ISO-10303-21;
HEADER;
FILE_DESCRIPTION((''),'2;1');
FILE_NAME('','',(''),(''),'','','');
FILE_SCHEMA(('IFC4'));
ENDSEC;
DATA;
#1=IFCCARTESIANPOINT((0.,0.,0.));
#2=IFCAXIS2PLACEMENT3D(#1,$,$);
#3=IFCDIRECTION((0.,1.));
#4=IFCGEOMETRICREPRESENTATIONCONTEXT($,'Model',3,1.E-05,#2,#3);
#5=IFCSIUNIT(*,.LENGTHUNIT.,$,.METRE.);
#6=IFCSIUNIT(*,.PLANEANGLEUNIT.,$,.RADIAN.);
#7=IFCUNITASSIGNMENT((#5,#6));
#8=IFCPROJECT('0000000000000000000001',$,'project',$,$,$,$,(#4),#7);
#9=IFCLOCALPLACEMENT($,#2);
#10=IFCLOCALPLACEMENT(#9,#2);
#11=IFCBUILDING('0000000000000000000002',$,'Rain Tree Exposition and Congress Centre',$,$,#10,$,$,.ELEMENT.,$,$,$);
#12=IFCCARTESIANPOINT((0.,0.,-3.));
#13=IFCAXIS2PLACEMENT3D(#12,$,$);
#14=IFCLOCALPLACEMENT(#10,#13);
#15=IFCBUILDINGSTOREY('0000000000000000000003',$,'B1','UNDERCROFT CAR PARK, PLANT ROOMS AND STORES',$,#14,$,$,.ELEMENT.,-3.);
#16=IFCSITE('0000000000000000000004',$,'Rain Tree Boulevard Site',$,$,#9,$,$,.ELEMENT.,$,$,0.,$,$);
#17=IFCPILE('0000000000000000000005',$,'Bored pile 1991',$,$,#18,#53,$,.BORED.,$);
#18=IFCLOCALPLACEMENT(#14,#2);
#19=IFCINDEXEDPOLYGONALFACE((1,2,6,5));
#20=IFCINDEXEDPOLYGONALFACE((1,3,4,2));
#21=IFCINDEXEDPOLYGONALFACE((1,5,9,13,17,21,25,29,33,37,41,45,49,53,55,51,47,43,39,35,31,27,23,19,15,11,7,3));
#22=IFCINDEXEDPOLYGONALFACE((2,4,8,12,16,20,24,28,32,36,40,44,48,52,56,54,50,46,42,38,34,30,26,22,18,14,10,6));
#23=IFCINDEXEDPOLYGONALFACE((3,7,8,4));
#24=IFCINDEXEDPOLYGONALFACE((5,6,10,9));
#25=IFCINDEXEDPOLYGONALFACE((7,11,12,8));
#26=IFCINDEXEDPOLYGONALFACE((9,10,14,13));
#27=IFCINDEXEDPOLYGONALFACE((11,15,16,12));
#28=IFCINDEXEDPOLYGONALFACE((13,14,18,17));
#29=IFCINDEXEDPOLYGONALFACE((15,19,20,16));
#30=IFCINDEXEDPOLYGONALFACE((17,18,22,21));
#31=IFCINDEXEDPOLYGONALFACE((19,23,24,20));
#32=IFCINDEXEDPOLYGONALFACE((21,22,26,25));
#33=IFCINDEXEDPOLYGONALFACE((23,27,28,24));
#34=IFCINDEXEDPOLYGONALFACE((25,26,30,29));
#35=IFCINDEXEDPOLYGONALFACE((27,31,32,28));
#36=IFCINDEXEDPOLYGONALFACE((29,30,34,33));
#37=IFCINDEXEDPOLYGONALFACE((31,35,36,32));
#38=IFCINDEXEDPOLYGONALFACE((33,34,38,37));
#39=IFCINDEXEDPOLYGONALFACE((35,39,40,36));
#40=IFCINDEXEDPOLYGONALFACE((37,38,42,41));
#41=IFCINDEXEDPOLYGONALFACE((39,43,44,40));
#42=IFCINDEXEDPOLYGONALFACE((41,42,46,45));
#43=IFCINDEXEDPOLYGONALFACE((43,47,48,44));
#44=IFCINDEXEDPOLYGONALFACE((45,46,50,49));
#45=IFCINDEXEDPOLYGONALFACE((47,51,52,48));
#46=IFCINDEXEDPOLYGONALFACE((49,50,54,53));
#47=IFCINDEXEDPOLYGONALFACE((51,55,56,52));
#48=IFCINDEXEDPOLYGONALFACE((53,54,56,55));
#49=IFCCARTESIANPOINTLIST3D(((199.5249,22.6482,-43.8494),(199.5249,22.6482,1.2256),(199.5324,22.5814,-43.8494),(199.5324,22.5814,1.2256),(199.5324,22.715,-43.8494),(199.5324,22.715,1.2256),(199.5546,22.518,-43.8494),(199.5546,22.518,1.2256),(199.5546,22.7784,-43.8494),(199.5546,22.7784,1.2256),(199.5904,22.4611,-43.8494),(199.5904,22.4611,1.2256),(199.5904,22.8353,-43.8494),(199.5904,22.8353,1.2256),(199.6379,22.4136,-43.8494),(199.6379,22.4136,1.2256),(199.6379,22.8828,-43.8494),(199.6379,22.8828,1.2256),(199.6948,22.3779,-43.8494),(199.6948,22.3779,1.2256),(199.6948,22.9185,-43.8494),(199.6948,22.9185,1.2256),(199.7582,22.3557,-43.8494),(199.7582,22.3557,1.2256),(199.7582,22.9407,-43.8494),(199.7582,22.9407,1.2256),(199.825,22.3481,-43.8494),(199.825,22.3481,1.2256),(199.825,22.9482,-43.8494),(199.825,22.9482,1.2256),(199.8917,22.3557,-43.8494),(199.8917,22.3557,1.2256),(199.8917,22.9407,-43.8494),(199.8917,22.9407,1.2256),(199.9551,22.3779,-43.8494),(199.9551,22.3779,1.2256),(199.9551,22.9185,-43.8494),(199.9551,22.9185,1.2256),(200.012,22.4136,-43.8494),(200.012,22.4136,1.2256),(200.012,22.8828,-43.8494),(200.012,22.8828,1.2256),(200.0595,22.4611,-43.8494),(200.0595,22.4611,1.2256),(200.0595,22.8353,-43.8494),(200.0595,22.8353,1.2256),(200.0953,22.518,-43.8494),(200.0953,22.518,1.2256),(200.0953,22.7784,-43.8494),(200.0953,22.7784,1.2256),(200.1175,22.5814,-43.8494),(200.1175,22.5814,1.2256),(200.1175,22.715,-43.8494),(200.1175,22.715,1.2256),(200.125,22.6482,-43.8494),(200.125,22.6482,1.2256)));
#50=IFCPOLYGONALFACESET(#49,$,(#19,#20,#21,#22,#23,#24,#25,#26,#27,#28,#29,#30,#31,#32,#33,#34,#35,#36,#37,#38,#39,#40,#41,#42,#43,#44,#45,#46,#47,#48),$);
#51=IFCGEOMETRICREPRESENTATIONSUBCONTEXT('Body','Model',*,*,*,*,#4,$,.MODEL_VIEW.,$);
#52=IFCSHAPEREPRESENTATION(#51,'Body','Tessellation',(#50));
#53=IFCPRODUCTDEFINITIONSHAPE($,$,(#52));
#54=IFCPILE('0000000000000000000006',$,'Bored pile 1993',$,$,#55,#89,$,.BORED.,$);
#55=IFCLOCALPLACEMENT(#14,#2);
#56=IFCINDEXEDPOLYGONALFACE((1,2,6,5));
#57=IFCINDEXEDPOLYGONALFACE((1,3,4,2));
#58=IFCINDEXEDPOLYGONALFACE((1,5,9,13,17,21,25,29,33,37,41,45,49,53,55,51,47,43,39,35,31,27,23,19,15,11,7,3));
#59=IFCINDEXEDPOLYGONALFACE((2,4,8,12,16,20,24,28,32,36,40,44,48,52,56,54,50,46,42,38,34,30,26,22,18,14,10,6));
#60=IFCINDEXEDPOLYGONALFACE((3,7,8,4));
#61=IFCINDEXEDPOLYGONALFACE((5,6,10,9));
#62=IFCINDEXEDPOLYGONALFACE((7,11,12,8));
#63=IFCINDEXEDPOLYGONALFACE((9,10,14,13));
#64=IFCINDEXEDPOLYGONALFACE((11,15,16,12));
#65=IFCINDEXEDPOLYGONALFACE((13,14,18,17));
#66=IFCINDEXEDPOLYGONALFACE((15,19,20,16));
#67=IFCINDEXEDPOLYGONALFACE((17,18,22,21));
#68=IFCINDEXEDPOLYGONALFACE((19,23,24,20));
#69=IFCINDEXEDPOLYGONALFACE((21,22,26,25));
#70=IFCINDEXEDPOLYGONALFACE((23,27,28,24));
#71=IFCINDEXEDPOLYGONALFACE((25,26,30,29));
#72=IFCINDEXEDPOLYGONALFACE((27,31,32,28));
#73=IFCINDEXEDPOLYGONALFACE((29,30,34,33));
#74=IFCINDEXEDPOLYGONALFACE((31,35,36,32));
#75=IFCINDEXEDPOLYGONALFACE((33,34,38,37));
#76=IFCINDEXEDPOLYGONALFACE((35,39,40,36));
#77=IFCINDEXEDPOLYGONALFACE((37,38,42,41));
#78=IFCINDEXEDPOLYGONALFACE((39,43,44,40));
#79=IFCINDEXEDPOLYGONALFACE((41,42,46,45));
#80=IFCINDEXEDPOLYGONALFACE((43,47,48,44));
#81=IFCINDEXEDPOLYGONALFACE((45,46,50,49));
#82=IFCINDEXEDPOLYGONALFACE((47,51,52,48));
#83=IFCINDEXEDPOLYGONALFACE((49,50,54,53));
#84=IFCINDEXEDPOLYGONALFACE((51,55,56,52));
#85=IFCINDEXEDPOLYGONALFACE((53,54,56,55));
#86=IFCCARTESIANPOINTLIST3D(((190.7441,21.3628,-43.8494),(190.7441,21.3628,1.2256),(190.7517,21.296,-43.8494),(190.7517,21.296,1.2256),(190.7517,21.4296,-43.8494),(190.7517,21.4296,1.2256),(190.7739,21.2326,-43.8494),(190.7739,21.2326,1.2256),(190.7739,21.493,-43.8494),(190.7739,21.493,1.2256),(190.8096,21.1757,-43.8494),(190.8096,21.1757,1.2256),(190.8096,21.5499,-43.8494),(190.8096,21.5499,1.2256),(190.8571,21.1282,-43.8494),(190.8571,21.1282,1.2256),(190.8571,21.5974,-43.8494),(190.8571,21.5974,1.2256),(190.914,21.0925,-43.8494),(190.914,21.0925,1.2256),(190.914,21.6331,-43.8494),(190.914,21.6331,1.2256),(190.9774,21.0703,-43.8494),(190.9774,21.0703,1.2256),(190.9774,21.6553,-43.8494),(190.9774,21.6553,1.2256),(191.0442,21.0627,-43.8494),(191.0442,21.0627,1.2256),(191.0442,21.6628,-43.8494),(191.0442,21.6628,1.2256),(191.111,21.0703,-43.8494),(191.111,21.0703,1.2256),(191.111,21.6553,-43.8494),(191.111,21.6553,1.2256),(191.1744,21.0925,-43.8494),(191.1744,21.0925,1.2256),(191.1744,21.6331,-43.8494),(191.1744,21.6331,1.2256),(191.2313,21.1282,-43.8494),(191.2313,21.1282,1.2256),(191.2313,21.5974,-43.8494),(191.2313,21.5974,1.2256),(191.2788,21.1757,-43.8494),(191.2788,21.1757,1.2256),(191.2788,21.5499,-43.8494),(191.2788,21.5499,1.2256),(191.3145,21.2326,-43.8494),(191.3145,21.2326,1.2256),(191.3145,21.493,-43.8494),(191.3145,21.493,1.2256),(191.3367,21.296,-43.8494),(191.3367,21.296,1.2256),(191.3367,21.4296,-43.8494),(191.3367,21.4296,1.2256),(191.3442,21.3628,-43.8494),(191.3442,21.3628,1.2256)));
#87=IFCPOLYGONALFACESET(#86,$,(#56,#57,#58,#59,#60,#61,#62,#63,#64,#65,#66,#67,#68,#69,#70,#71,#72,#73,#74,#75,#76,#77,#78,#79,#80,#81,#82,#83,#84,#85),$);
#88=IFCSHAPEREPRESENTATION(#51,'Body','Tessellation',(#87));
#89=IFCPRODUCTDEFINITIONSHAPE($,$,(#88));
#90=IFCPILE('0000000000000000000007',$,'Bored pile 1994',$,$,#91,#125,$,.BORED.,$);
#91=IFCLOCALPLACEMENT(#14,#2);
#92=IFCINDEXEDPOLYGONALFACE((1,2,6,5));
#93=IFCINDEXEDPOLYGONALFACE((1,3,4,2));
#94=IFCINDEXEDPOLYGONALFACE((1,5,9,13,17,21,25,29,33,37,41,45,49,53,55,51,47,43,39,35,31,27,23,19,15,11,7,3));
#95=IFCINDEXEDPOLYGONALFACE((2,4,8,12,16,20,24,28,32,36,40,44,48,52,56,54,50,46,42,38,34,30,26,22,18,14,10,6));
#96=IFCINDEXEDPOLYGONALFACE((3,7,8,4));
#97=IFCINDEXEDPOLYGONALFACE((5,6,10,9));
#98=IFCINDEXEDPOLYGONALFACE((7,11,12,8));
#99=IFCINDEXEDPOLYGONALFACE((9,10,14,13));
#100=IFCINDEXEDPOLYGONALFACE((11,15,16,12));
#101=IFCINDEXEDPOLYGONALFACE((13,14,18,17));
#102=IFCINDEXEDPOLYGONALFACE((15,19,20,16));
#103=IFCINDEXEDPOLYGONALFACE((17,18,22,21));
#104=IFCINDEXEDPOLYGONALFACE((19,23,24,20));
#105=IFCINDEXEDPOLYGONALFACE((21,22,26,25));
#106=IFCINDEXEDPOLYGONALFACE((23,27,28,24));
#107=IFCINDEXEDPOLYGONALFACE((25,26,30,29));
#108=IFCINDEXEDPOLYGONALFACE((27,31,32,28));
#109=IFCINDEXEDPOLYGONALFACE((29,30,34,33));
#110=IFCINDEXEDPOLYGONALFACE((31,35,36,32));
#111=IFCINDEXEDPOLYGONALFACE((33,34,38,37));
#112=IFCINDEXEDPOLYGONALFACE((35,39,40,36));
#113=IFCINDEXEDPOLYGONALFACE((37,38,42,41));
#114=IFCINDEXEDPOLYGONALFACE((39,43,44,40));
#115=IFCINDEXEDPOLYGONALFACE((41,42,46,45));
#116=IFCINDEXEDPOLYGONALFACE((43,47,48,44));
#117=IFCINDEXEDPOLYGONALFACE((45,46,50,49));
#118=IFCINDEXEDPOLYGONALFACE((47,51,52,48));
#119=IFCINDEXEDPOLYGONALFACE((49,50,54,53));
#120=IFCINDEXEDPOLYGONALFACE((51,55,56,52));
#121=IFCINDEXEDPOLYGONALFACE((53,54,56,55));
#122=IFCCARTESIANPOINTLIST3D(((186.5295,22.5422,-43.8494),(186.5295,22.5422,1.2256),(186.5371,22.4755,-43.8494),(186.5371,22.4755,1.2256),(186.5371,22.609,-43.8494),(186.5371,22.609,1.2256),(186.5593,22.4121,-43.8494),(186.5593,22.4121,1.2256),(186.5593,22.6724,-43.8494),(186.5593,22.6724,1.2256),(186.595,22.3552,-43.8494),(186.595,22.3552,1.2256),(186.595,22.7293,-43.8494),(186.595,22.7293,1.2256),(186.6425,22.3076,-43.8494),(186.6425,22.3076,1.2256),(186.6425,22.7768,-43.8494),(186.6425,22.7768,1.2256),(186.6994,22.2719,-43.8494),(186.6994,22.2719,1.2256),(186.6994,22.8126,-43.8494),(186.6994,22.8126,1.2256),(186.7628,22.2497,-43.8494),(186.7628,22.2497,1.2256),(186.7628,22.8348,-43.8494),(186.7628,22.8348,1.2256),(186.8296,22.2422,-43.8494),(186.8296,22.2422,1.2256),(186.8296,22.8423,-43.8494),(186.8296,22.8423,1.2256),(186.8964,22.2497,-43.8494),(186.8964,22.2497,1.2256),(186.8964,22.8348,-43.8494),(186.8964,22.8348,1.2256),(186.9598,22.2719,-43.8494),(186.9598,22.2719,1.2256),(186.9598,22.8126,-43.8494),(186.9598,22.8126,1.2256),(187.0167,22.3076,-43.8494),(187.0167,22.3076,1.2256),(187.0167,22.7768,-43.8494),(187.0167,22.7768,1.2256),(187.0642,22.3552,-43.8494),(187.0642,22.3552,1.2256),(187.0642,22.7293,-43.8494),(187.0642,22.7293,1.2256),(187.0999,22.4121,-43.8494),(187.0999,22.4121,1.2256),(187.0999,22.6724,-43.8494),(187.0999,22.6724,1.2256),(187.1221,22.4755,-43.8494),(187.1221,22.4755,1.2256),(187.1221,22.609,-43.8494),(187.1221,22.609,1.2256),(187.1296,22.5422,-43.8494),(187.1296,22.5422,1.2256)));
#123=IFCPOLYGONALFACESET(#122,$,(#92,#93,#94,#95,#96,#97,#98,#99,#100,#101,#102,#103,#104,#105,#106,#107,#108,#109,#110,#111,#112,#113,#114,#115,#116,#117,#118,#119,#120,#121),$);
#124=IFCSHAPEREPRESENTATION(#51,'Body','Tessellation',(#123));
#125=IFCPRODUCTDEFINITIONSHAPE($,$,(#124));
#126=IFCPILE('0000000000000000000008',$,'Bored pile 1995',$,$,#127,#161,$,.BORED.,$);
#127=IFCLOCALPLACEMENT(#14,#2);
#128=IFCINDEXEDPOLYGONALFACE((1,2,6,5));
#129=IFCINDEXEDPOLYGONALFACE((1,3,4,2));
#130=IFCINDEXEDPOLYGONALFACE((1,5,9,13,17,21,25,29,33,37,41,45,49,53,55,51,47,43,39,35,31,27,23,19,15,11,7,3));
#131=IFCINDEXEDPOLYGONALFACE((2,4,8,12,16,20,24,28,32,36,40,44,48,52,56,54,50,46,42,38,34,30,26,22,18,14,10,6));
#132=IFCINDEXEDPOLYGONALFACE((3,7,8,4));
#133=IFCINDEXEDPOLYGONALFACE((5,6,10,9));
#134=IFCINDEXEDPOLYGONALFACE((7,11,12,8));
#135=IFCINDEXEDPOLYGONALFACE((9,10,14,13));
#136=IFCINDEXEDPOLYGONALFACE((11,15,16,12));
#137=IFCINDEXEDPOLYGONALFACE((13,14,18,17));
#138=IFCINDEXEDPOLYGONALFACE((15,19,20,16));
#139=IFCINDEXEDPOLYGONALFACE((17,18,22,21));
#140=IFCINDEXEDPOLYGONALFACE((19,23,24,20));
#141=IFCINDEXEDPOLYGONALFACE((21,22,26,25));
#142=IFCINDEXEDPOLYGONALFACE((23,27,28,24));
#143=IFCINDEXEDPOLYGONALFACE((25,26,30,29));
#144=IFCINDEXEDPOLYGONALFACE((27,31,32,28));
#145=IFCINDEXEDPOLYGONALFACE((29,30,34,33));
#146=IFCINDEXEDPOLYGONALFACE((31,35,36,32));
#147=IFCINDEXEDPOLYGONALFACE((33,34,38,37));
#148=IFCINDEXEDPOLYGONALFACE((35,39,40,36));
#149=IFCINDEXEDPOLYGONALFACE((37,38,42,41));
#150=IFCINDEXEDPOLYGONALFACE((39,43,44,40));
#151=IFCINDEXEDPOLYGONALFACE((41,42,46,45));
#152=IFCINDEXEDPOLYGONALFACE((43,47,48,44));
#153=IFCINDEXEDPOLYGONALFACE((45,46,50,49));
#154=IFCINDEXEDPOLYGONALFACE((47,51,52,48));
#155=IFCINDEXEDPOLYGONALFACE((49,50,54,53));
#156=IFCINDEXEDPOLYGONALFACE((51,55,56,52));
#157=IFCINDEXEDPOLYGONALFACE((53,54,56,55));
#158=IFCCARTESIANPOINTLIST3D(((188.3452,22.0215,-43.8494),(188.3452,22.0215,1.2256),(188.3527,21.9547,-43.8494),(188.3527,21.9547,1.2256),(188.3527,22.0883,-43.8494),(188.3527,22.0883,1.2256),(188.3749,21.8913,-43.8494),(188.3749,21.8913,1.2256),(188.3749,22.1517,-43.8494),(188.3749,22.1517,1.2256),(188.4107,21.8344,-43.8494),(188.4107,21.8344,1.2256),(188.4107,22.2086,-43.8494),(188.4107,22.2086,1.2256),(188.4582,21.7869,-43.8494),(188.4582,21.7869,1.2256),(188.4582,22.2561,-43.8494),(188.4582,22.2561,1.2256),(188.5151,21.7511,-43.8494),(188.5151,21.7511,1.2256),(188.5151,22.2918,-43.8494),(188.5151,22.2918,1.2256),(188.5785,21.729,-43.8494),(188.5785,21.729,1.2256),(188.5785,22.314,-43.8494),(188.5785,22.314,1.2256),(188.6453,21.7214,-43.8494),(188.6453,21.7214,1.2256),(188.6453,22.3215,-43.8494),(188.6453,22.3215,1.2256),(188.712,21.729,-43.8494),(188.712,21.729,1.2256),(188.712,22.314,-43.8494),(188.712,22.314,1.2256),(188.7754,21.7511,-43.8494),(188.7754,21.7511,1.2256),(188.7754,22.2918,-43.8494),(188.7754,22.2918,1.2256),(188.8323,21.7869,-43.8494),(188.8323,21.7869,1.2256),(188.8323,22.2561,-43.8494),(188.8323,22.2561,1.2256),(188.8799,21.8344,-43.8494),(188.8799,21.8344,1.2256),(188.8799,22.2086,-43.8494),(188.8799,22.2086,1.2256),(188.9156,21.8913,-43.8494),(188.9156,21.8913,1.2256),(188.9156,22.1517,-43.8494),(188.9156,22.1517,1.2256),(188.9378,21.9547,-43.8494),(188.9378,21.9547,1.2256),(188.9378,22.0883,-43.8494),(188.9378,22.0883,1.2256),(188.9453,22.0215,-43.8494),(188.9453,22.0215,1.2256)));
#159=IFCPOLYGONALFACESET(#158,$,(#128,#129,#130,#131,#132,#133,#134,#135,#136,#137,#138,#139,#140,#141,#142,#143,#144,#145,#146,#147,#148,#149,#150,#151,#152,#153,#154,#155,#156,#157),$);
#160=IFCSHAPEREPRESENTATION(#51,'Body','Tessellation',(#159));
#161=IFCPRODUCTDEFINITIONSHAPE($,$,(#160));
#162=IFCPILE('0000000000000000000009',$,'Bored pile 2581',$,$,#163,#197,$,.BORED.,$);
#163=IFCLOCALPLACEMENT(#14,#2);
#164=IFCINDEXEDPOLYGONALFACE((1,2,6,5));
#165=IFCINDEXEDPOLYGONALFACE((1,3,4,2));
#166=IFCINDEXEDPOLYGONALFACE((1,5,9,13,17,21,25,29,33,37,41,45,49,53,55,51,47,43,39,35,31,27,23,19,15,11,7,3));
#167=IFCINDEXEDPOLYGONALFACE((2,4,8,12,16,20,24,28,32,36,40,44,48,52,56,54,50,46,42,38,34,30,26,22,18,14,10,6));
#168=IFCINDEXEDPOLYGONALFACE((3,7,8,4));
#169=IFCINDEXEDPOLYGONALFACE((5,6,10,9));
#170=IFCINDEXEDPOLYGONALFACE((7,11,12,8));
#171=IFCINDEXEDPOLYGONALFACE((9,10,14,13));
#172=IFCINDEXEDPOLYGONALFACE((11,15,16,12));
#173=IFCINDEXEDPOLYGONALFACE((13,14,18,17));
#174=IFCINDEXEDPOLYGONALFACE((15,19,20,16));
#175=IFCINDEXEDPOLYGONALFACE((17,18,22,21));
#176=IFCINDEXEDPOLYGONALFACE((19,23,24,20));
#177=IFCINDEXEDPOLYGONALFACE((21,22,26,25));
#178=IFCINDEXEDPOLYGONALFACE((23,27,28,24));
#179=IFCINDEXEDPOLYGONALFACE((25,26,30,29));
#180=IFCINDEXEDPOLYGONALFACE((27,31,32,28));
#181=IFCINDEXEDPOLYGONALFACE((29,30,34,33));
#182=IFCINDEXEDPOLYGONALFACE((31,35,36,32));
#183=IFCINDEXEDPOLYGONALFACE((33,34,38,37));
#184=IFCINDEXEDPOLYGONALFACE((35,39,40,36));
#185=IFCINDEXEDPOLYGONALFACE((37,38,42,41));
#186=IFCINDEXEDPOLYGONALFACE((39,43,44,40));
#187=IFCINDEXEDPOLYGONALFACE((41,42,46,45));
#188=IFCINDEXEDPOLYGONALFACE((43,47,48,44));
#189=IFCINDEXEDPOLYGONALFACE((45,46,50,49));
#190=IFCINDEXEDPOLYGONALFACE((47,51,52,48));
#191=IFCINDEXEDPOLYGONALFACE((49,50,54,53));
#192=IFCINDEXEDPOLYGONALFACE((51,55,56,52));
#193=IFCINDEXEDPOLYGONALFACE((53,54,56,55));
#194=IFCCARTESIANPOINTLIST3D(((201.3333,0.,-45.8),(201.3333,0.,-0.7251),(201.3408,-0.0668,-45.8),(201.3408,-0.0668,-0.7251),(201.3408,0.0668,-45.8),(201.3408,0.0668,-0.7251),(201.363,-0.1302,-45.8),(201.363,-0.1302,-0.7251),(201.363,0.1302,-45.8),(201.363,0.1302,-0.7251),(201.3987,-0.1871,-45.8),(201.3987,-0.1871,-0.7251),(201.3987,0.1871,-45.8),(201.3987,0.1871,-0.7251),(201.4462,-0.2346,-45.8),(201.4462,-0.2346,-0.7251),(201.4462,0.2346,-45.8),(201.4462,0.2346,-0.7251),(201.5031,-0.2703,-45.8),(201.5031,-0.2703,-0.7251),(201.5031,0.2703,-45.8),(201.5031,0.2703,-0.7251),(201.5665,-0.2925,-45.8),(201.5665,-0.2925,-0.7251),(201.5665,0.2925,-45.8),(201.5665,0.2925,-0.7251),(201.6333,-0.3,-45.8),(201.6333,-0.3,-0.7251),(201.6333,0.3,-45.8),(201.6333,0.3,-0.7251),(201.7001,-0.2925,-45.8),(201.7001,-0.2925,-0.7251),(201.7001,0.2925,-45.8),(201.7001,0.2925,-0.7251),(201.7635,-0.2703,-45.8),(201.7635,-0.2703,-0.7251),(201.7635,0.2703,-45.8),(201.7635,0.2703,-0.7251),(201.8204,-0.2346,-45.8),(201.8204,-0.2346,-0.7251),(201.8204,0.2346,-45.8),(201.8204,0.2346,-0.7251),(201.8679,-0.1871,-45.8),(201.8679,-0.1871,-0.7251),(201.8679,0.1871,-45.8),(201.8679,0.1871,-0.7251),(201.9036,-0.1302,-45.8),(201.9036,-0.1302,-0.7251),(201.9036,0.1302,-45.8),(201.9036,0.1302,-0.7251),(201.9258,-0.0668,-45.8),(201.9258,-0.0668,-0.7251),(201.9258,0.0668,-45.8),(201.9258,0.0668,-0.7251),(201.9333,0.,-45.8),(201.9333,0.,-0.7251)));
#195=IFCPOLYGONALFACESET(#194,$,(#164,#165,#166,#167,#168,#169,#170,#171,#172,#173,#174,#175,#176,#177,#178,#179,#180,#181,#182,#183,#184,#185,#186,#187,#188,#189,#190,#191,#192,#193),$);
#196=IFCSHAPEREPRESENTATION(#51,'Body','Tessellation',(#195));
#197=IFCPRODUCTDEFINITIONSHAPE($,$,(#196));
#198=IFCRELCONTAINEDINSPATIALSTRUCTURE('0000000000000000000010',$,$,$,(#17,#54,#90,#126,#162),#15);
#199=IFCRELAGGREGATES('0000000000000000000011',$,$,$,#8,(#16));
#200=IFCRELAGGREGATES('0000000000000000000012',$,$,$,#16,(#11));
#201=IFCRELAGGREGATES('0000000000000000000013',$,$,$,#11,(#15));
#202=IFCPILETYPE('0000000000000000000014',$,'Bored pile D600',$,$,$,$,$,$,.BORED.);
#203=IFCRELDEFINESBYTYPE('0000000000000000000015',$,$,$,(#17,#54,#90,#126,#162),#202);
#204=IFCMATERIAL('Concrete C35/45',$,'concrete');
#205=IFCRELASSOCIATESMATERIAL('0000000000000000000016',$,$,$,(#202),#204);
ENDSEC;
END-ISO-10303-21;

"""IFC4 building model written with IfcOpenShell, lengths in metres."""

from ifc_helpers import new_model, si_unit, direction, frame, origin, origin_2d, place, context, subcontext, project, spatial, circle, extrude, material, material_profile, profile_set, type_object, element, save


model = new_model("IFC4")

# Units and contexts
model_context = context("Model", 3, precision=1e-05, world=origin(), true_north=direction((0.0, 1.0)))
body_context = subcontext(model_context, "Body", "Model", "MODEL_VIEW")
ifc_project = project(units=[si_unit("LENGTHUNIT", "METRE"), si_unit("PLANEANGLEUNIT", "RADIAN")], contexts=[model_context])

# Site, building, storey
site_placement = place(None, origin())
site = spatial("IfcSite", under=ifc_project, at=site_placement, Name="Rain Tree Boulevard Site", CompositionType="ELEMENT", RefElevation=0.0)
building_placement = place(site_placement, origin())
building = spatial("IfcBuilding", under=site, at=building_placement, Name="Rain Tree Exposition and Congress Centre", CompositionType="ELEMENT")
storey_placement = place(building_placement, frame((0.0, 0.0, -3.0)))
storey = spatial("IfcBuildingStorey", under=building, at=storey_placement, Name="B1", Description="UNDERCROFT CAR PARK, PLANT ROOMS AND STORES", CompositionType="ELEMENT", Elevation=-3.0)

# Piles
ifc_material_1 = material(Name="Concrete C35/45", Category="concrete")
ifc_material_profile = material_profile(ifc_material_1, circle(Radius=0.3, at=origin_2d()), Name="D600")
ifc_profile_set = profile_set([ifc_material_profile], Name="Concrete C35/45")
pile_type = type_object("IfcPileType", Name="Bored pile D600", PredefinedType="BORED", material=ifc_profile_set)
for number, where, z_axis, x_axis, name in (
    (1, (199.825, 22.6482, 1.2256), (0.0, 0.0, -1.0), (1.0, 0.0, 0.0), "Bored pile 1991"),
    (2, (191.0442, 21.3628, 1.2256), (0.0, 0.0, -1.0), (1.0, 0.0, 0.0), "Bored pile 1993"),
    (3, (186.8296, 22.5422, 1.2256), (0.0, 0.0, -1.0), (1.0, 0.0, 0.0), "Bored pile 1994"),
    (4, (188.6453, 22.0215, 1.2256), (0.0, 0.0, -1.0), (1.0, 0.0, 0.0), "Bored pile 1995"),
    (5, (201.6333, 0.0, -0.7251), (0.0, 0.0, -1.0), (1.0, 0.0, 0.0), "Bored pile 2581"),
):
    element("IfcPile", number, at=place(storey_placement, frame(where, z_axis=z_axis, x_axis=x_axis)), inside=storey, type_object=pile_type, Name=name, PredefinedType="BORED", context=body_context, shape_type="SweptSolid", body=[
        extrude(circle(Radius=0.3, at=origin_2d()), origin(), (0.0, 0.0, 1.0), 45.075),
    ])

save(model, "model.ifc")
